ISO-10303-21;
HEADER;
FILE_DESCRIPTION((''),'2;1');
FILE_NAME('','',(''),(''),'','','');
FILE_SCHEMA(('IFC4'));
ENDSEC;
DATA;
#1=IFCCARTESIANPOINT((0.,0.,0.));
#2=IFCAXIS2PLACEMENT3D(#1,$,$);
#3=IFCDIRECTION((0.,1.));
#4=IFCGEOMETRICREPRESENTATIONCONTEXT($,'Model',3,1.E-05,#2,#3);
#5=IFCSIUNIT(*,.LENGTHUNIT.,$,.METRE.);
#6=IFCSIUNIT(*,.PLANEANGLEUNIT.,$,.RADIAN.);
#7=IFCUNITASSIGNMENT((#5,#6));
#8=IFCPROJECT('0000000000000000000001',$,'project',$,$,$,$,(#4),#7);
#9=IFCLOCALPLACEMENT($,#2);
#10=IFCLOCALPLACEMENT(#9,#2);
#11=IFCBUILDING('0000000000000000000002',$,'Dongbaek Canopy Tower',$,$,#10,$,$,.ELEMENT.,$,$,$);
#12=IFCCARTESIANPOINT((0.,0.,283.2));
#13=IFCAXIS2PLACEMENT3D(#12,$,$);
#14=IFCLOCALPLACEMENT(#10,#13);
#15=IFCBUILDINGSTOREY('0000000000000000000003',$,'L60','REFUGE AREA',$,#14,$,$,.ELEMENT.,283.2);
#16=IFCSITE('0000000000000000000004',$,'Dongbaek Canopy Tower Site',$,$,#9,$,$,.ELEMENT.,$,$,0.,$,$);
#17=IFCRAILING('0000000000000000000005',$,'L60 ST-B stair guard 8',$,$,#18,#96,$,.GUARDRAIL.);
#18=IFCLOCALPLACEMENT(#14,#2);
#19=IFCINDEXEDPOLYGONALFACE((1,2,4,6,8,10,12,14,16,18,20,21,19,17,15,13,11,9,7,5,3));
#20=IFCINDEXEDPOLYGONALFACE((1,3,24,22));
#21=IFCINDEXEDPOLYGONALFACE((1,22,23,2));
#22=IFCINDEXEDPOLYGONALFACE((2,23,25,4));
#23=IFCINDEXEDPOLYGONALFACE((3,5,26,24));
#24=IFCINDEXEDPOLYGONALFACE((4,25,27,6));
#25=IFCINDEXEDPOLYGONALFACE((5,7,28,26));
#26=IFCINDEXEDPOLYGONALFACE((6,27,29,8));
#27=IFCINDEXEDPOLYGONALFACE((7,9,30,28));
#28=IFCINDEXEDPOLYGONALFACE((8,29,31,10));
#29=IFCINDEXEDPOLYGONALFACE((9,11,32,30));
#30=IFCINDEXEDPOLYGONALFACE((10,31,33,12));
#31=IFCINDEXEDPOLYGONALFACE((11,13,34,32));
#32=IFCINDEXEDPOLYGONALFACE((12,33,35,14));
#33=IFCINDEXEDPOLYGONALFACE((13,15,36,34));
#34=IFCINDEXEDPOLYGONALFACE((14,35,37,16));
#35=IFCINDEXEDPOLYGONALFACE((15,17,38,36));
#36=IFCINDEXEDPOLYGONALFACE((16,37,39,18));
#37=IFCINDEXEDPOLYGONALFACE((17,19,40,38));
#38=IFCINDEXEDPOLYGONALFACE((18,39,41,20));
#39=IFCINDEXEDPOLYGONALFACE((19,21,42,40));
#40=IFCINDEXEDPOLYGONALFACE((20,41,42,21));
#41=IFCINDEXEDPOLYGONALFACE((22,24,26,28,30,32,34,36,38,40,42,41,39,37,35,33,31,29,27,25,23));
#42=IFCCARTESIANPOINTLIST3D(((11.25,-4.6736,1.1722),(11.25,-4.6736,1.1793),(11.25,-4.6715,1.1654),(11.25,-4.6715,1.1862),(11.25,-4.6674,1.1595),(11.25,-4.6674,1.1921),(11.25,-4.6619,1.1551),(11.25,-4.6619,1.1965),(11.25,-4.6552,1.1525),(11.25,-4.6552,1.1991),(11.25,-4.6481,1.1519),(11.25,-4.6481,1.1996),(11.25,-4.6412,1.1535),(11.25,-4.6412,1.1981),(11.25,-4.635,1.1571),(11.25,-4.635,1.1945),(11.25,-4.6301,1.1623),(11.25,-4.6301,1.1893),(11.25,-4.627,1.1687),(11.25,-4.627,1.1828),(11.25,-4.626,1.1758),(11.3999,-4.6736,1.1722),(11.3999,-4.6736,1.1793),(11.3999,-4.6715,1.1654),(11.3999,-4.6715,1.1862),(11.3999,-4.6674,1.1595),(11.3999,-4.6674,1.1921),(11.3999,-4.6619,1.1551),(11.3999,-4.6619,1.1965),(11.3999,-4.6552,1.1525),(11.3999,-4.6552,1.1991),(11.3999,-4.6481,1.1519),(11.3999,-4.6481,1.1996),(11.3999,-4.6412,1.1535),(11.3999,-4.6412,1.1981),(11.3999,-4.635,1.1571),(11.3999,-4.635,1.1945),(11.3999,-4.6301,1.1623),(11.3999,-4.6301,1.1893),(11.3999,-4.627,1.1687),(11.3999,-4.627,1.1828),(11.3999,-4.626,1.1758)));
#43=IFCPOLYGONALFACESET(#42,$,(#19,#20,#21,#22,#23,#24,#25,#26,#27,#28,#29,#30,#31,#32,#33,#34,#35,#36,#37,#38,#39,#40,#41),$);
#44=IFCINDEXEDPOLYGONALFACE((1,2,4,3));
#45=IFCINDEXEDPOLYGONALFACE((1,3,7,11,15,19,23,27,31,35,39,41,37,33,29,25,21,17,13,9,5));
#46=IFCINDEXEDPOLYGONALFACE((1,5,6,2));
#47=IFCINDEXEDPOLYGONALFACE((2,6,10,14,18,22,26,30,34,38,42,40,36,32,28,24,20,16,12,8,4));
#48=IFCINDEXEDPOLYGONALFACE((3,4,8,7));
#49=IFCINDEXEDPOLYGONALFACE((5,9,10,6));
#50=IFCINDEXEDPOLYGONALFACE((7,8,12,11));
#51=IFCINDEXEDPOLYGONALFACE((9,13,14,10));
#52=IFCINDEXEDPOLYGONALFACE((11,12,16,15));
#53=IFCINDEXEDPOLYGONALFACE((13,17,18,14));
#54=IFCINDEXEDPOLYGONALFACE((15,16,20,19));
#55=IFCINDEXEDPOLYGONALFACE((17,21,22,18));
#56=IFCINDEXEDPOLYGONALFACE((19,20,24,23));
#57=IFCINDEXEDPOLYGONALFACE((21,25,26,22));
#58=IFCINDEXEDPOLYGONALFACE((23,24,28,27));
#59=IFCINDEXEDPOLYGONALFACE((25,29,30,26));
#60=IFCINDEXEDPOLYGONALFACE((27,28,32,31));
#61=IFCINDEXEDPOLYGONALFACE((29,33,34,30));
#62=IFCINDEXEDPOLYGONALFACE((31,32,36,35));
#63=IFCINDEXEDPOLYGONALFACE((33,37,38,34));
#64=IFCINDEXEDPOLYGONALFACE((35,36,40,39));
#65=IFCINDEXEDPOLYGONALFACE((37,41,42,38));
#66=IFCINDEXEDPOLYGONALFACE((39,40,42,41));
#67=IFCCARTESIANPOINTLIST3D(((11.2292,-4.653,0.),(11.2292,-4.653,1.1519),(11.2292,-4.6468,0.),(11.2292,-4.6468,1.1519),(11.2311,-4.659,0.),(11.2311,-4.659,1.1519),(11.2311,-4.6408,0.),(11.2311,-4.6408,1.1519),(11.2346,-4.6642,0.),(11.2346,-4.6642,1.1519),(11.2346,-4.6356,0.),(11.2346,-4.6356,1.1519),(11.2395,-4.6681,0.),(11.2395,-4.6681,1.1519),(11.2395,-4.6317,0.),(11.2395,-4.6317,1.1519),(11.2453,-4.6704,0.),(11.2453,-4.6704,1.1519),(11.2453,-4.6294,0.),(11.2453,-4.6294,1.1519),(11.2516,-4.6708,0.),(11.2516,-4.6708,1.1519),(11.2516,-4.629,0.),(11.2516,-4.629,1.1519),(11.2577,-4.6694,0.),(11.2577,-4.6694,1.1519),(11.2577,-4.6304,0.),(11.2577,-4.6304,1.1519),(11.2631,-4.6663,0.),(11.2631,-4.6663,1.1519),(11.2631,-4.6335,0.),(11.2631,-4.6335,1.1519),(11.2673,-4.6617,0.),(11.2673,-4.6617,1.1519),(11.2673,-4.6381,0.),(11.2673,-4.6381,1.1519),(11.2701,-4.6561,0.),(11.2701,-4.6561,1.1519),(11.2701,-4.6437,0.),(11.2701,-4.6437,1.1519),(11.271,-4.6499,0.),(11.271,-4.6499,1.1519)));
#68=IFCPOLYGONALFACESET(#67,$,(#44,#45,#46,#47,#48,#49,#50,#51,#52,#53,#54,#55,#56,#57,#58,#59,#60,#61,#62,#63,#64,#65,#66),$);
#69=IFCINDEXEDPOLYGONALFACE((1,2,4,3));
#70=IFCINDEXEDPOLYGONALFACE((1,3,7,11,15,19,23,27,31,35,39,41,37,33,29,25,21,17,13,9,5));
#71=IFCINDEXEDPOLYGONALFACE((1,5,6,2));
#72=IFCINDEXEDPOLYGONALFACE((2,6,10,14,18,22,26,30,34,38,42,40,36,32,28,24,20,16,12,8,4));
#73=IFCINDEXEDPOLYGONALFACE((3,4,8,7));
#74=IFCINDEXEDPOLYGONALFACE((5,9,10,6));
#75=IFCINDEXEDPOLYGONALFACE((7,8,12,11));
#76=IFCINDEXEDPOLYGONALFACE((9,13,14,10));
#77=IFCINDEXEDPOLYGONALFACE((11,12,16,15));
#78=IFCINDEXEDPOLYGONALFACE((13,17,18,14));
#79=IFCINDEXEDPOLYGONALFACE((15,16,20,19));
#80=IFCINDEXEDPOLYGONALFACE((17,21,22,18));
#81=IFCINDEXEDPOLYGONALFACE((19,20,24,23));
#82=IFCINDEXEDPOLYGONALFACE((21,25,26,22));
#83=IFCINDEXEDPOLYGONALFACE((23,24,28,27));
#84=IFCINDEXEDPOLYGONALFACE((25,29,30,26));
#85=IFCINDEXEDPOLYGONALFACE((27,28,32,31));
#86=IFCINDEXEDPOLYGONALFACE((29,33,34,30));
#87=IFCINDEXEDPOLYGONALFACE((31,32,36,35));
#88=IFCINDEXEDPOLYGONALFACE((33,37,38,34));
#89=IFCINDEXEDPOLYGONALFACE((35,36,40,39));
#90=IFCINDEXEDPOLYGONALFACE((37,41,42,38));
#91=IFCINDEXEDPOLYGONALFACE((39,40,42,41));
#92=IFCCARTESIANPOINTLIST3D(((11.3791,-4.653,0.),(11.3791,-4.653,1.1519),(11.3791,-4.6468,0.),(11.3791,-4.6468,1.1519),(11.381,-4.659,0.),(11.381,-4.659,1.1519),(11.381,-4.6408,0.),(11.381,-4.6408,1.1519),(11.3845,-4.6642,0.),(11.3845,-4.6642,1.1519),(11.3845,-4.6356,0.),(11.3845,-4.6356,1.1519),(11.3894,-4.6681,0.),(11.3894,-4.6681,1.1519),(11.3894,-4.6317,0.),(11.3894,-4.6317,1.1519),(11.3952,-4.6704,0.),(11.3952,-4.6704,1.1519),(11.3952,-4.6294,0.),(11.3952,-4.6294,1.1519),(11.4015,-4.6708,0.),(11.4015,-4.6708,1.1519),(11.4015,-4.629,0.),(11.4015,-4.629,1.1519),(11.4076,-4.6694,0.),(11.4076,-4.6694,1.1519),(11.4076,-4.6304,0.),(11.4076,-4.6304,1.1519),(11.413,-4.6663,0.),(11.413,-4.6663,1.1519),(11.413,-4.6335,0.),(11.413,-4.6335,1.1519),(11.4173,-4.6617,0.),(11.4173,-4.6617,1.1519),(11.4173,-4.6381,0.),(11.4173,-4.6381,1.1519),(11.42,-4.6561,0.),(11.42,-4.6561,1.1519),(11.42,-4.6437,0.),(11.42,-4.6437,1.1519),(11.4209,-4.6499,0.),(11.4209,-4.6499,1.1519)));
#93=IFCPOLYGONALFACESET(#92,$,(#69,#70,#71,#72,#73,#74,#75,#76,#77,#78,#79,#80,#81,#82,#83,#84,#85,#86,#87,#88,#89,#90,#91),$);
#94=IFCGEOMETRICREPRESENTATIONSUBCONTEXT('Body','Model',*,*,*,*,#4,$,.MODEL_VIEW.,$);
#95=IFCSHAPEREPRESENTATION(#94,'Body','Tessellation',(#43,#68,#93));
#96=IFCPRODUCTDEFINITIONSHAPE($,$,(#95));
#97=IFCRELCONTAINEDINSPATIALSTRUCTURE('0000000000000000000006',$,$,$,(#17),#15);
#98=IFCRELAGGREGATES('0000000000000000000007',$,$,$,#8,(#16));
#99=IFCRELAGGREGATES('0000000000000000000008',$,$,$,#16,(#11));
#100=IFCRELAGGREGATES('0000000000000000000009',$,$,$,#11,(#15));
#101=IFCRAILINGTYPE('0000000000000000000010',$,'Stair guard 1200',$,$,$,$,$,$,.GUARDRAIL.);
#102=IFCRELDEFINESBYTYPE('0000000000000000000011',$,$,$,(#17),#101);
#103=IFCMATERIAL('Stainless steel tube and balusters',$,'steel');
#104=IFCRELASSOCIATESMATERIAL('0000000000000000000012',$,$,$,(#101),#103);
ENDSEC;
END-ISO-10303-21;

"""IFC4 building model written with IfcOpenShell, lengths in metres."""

from ifc_helpers import new_model, si_unit, direction, frame, origin, origin_2d, place, context, subcontext, project, spatial, circle, extrude, material, type_object, element, save


model = new_model("IFC4")

# Units and contexts
model_context = context("Model", 3, precision=1e-05, world=origin(), true_north=direction((0.0, 1.0)))
body_context = subcontext(model_context, "Body", "Model", "MODEL_VIEW")
ifc_project = project(units=[si_unit("LENGTHUNIT", "METRE"), si_unit("PLANEANGLEUNIT", "RADIAN")], contexts=[model_context])

# Site, building, storey
site_placement = place(None, origin())
site = spatial("IfcSite", under=ifc_project, at=site_placement, Name="Dongbaek Canopy Tower Site", CompositionType="ELEMENT", RefElevation=0.0)
building_placement = place(site_placement, origin())
building = spatial("IfcBuilding", under=site, at=building_placement, Name="Dongbaek Canopy Tower", CompositionType="ELEMENT")
storey_placement = place(building_placement, frame((0.0, 0.0, 283.2)))
storey = spatial("IfcBuildingStorey", under=building, at=storey_placement, Name="L60", Description="REFUGE AREA", CompositionType="ELEMENT", Elevation=283.2)

# Railing
ifc_material_1 = material(Name="Stainless steel tube and balusters", Category="steel")
railing_type_1 = type_object("IfcRailingType", Name="Stair guard 1200", PredefinedType="GUARDRAIL", material=ifc_material_1)
railing_1_placement = place(storey_placement, frame((11.25, -4.6499, 0.0)))
element("IfcRailing", 1, at=railing_1_placement, inside=storey, type_object=railing_type_1, Name="L60 ST-B stair guard 8", PredefinedType="GUARDRAIL", context=body_context, shape_type="SweptSolid", body=[
    extrude(circle(Radius=0.0239, at=origin_2d()), frame((0.0, 0.0, 1.1758), z_axis=(1.0, 0.0, 0.0), x_axis=(0.0, 1.0, 0.0)), (0.0, 0.0, 1.0), 0.1499),
    extrude(circle(Radius=0.021, at=origin_2d()), origin(), (0.0, 0.0, 1.0), 1.1519),
    extrude(circle(Radius=0.021, at=origin_2d()), frame((0.1499, 0.0, 0.0)), (0.0, 0.0, 1.0), 1.1519),
])

save(model, "model.ifc")
